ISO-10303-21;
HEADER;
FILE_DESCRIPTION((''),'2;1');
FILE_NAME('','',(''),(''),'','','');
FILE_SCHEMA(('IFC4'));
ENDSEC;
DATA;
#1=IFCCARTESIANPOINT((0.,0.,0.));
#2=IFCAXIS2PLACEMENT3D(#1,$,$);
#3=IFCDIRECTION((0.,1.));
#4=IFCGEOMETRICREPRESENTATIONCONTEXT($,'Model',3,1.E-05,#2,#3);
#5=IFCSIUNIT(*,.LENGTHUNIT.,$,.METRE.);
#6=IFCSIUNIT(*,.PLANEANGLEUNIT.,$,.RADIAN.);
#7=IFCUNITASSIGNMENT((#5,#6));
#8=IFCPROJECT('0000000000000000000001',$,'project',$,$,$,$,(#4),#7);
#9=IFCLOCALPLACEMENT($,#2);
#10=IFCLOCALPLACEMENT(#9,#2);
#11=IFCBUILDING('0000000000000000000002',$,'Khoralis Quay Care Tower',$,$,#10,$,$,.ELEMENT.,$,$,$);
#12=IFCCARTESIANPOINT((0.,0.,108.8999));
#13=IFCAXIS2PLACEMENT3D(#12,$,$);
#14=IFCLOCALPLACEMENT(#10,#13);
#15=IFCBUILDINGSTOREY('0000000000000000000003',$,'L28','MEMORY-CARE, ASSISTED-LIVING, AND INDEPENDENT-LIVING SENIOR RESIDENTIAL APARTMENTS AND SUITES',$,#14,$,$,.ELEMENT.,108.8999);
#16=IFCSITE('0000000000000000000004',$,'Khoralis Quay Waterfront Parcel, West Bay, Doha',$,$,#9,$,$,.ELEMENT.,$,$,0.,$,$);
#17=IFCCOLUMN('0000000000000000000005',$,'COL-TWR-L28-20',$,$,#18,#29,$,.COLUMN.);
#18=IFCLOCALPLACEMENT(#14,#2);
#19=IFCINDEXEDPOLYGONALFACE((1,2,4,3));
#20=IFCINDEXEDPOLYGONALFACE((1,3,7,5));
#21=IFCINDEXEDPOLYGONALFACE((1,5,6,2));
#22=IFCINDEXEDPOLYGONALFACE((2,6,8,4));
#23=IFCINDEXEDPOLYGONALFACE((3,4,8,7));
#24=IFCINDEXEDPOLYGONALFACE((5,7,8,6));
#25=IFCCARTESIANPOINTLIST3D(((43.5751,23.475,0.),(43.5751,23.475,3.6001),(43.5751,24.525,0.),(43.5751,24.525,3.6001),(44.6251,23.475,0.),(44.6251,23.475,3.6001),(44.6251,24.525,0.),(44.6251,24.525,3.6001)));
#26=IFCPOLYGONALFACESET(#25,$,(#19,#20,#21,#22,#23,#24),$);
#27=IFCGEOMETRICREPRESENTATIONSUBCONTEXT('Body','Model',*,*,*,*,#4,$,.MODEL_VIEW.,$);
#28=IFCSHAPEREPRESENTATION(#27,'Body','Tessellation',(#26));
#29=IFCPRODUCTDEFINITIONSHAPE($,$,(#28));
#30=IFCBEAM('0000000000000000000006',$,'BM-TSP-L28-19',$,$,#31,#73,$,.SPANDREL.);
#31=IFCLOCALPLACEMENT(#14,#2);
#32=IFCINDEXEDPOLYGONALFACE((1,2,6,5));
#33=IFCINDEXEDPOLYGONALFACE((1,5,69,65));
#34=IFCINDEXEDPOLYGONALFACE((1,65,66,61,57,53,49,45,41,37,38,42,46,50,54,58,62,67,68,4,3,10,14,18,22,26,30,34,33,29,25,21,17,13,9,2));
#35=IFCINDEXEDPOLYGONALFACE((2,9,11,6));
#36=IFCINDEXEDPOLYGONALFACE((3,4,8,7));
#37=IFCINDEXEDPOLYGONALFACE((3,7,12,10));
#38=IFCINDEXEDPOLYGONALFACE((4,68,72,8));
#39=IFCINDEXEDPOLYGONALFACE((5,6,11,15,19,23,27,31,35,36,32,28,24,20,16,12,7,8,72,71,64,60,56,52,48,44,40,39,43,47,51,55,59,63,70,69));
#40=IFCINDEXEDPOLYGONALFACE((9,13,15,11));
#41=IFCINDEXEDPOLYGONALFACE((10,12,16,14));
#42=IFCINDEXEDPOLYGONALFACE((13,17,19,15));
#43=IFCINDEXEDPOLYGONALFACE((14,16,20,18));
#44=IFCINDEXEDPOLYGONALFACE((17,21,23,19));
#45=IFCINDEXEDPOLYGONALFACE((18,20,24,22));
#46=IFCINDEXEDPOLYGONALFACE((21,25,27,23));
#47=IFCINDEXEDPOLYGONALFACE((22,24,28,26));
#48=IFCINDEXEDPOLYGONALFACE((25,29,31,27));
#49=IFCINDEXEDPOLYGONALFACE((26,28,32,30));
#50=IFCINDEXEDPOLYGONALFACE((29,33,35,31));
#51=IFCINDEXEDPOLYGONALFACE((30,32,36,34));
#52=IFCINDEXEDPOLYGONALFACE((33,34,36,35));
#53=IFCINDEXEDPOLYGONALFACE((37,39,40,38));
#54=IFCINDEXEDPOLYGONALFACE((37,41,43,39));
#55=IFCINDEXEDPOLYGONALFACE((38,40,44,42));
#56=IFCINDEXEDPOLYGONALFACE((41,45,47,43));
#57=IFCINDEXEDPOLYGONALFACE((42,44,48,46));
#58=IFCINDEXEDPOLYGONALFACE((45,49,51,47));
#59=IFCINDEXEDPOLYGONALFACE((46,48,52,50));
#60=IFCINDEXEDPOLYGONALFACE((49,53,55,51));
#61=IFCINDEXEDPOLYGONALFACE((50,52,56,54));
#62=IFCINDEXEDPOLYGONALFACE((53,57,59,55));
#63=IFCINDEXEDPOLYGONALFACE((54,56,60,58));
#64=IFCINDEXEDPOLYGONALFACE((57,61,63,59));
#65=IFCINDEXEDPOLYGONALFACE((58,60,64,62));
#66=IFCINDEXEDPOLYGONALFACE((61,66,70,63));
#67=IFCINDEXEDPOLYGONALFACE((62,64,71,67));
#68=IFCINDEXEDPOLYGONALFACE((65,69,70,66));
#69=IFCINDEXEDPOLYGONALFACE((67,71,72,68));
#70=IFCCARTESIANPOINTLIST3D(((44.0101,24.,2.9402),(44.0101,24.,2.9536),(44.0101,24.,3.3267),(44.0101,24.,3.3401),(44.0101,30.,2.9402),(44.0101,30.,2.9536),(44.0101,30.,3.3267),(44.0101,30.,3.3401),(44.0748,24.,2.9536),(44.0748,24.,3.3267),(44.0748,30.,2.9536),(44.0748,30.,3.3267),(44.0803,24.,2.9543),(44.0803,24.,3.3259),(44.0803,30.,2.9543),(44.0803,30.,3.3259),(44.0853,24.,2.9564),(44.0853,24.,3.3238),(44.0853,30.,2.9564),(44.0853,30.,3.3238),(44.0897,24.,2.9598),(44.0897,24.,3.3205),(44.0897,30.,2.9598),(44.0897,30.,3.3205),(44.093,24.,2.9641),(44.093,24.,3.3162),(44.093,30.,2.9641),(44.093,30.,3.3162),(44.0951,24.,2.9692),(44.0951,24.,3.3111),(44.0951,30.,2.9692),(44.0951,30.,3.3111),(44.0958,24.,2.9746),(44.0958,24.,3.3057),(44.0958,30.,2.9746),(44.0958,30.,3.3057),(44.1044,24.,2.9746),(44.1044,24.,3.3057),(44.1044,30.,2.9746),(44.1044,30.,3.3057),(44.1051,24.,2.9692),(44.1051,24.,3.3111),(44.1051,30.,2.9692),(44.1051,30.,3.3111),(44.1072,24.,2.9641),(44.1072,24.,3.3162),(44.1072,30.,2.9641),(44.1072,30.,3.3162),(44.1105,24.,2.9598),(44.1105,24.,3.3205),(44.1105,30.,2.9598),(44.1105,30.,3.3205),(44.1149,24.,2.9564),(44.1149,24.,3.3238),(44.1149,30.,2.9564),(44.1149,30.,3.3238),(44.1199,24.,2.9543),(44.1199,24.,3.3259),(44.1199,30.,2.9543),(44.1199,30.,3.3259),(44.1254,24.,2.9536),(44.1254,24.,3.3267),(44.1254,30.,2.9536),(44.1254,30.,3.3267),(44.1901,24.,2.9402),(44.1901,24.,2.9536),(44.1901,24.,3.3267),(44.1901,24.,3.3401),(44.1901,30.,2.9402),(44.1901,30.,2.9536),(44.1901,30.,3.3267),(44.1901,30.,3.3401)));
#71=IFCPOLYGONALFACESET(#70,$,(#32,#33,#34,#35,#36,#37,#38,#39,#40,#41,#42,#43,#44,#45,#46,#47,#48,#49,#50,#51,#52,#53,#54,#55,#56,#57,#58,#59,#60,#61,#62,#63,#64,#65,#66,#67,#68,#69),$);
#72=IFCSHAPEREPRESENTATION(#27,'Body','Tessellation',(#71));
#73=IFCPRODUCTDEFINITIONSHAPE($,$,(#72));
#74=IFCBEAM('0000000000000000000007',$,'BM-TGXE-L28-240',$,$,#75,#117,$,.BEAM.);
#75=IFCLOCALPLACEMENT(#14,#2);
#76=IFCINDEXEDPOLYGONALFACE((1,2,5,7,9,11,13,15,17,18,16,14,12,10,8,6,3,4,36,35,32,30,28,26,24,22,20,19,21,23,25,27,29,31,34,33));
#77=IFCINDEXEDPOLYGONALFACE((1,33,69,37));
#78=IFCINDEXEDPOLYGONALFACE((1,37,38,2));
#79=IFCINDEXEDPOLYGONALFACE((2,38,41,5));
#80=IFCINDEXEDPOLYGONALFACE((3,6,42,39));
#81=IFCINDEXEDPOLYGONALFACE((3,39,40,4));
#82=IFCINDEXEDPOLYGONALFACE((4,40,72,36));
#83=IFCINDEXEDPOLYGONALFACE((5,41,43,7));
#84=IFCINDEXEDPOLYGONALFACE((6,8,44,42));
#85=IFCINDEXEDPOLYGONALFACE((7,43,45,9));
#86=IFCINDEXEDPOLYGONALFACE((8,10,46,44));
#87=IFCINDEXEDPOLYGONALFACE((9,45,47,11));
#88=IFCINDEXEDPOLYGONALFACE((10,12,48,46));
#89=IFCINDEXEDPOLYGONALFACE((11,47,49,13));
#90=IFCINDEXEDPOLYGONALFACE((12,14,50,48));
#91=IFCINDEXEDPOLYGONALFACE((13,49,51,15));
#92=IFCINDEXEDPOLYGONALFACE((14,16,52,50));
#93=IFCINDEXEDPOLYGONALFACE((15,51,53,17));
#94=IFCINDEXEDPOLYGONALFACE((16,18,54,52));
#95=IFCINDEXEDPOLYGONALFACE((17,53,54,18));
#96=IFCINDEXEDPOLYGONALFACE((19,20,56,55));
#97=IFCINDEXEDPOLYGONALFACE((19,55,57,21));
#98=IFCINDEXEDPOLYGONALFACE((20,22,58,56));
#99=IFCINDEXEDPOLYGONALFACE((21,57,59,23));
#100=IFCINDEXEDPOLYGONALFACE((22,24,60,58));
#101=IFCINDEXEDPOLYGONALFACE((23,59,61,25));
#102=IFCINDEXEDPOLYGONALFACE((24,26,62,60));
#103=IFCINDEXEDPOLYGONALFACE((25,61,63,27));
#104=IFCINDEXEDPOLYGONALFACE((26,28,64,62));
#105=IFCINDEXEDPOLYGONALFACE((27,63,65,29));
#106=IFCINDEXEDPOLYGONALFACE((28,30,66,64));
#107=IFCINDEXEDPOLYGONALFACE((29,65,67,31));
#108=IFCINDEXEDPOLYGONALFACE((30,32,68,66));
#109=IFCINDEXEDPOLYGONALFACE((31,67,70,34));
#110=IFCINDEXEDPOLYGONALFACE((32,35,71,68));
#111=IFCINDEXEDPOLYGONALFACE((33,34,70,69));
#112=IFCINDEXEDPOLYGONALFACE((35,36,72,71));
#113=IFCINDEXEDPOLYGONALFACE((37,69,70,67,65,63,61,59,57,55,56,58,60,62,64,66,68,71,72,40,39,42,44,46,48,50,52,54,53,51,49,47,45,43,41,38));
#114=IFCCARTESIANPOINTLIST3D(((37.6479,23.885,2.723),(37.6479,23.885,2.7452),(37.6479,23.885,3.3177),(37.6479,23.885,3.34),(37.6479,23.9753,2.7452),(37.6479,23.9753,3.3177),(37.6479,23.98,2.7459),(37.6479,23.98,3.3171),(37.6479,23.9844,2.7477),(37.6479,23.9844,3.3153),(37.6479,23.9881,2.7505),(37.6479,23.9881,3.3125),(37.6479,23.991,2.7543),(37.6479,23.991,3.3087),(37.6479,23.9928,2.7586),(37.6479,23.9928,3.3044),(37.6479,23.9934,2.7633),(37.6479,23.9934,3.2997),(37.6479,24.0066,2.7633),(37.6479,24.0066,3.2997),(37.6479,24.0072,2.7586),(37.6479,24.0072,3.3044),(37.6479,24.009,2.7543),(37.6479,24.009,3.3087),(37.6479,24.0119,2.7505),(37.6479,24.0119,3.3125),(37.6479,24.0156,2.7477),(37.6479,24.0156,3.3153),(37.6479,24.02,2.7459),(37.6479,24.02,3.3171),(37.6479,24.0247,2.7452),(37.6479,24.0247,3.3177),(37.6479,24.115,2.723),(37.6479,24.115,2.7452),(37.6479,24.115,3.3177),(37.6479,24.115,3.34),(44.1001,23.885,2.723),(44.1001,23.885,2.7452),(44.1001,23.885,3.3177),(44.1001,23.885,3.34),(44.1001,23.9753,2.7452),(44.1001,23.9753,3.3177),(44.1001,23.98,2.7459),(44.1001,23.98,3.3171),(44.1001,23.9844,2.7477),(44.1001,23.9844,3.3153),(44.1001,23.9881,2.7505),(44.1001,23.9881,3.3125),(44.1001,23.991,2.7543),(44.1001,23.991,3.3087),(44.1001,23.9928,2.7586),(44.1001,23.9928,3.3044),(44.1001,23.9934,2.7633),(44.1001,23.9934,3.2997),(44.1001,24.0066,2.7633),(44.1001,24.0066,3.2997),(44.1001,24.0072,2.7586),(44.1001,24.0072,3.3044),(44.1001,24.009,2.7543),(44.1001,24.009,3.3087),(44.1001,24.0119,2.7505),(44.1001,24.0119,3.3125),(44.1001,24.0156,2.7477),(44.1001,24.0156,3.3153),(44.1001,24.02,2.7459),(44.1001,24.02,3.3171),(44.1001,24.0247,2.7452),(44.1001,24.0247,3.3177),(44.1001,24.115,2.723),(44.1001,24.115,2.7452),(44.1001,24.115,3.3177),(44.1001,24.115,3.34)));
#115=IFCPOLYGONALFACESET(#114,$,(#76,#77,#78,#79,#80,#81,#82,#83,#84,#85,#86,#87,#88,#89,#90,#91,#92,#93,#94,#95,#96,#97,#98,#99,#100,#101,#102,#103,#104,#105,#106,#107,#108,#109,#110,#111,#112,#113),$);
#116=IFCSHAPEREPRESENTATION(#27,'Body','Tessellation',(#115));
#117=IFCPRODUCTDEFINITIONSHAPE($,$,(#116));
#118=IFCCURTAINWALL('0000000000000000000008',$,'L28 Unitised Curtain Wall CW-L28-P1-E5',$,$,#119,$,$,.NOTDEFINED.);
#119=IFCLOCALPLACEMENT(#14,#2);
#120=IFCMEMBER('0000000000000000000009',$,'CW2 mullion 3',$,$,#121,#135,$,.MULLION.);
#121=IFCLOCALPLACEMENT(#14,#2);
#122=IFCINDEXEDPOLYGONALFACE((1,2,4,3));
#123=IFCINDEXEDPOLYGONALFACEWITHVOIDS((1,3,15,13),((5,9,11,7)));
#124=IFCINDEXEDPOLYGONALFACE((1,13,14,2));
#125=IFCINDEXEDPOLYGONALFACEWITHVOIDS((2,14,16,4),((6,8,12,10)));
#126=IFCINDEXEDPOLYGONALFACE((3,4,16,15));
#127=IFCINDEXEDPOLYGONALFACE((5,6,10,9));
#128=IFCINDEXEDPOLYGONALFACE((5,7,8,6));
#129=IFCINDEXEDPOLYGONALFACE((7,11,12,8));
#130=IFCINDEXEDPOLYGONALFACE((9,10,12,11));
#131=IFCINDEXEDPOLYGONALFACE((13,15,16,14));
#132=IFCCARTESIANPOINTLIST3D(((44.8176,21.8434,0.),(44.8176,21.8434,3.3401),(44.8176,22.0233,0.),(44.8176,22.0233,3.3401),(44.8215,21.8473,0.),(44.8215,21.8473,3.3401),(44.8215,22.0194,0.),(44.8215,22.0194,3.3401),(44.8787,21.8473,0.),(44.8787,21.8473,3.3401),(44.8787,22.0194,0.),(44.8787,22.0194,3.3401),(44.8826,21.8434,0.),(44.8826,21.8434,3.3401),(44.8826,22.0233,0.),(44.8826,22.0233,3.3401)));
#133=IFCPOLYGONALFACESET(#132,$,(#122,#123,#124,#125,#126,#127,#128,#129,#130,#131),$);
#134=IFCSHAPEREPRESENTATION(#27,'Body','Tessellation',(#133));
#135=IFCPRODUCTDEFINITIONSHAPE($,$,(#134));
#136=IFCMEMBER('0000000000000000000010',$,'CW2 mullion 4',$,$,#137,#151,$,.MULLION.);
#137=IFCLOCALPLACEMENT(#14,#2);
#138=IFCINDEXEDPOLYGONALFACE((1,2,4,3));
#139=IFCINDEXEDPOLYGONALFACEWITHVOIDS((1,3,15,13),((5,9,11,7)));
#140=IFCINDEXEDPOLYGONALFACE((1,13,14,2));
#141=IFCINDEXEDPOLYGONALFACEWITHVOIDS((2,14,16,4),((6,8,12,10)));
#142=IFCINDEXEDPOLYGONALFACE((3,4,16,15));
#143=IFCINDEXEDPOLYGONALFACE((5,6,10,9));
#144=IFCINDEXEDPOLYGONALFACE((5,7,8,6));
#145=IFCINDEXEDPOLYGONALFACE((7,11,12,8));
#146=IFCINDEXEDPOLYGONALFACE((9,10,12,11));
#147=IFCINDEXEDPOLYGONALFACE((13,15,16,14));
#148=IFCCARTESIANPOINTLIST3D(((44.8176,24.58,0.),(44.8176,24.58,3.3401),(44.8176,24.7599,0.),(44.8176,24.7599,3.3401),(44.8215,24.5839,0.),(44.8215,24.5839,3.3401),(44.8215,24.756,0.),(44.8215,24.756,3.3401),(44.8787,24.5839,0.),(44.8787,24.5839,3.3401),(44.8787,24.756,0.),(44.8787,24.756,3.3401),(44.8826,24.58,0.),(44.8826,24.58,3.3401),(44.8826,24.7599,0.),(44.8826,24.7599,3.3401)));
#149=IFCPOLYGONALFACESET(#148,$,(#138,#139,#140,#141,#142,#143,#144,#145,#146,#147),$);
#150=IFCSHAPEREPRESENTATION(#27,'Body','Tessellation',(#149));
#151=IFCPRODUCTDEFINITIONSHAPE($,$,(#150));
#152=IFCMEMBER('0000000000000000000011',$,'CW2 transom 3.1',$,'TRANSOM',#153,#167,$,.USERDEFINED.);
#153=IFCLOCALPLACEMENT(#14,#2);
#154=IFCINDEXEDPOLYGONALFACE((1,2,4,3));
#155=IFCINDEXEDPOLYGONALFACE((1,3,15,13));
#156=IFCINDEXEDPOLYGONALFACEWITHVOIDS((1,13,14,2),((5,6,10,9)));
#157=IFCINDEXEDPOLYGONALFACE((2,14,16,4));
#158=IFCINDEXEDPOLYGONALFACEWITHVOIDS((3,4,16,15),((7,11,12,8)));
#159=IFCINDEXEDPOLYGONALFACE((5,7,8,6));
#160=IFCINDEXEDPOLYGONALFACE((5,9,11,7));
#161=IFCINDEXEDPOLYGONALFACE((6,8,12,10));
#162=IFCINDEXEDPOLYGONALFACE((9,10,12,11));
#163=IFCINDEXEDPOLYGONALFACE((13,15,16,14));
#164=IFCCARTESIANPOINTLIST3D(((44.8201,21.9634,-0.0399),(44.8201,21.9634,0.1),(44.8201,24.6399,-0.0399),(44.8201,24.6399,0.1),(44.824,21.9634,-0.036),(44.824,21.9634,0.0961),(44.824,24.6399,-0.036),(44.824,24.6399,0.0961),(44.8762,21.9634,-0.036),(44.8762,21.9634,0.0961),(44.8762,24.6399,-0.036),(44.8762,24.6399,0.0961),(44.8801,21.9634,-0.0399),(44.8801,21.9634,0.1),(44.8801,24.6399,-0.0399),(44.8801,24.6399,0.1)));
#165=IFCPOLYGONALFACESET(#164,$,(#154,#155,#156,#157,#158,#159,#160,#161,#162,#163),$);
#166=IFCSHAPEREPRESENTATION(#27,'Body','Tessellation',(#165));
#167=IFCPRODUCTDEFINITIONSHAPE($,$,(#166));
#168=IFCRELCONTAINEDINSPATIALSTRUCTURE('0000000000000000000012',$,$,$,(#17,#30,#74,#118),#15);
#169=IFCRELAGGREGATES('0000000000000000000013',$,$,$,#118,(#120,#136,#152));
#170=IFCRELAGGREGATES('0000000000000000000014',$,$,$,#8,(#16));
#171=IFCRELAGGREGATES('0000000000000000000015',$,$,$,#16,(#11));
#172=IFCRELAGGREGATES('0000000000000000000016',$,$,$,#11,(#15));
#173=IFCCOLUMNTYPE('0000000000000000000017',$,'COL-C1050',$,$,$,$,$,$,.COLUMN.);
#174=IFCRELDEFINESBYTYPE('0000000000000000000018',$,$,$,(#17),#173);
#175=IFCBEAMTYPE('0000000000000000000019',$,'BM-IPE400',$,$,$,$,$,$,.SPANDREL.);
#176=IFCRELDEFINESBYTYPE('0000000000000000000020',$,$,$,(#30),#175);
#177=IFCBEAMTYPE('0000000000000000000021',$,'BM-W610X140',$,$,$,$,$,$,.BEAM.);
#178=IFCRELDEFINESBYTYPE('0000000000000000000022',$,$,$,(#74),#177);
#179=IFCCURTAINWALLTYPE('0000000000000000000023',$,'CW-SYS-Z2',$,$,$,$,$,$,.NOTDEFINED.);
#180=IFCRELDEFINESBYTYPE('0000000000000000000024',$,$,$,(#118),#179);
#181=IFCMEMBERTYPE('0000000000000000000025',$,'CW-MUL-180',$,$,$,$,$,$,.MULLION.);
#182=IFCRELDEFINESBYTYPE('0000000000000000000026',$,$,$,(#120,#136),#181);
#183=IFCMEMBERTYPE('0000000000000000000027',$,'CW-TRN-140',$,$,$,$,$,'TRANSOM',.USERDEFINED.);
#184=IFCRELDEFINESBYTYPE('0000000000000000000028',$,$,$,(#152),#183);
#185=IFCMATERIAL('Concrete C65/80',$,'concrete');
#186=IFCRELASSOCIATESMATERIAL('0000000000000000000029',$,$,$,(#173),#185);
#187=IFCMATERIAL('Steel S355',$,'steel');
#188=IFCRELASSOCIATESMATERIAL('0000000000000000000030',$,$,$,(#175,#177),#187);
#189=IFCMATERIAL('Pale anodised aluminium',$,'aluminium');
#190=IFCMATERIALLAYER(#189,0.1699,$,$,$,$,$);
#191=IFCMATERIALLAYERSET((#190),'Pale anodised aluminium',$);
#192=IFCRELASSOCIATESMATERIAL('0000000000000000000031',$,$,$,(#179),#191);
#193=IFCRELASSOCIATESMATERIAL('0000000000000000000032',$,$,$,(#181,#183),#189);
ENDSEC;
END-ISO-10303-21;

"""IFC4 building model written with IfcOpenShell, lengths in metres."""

from ifc_helpers import new_model, si_unit, direction, frame, origin, origin_2d, place, context, subcontext, project, spatial, rectangle, hollow_rectangle, i_section, extrude, source, transform, mapped, material, layer, layer_set, material_profile, profile_set, type_object, element, aggregate, save


model = new_model("IFC4")

# Units and contexts
model_context = context("Model", 3, precision=1e-05, world=origin(), true_north=direction((0.0, 1.0)))
body_context = subcontext(model_context, "Body", "Model", "MODEL_VIEW")
ifc_project = project(units=[si_unit("LENGTHUNIT", "METRE"), si_unit("PLANEANGLEUNIT", "RADIAN")], contexts=[model_context])

# Site, building, storey
site_placement = place(None, origin())
site = spatial("IfcSite", under=ifc_project, at=site_placement, Name="Khoralis Quay Waterfront Parcel, West Bay, Doha", CompositionType="ELEMENT", RefElevation=0.0)
building_placement = place(site_placement, origin())
building = spatial("IfcBuilding", under=site, at=building_placement, Name="Khoralis Quay Care Tower", CompositionType="ELEMENT")
storey_placement = place(building_placement, frame((0.0, 0.0, 108.8999)))
storey = spatial("IfcBuildingStorey", under=building, at=storey_placement, Name="L28", Description="MEMORY-CARE, ASSISTED-LIVING, AND INDEPENDENT-LIVING SENIOR RESIDENTIAL APARTMENTS AND SUITES", CompositionType="ELEMENT", Elevation=108.8999)

# Column
ifc_material_1 = material(Name="Concrete C65/80", Category="concrete")
ifc_material_profile_1 = material_profile(ifc_material_1, rectangle(XDim=1.05, YDim=1.05, at=origin_2d()), Name="Concrete C65/80")
ifc_profile_set_1 = profile_set([ifc_material_profile_1], Name="Concrete C65/80")
column_type = type_object("IfcColumnType", Name="COL-C1050", PredefinedType="COLUMN", material=ifc_profile_set_1)
shared_shape_1 = source(origin(), body_context, "Body", "SweptSolid", [
    extrude(rectangle(XDim=1.05, YDim=1.05, at=origin_2d()), origin(), (0.0, 0.0, 1.0), 3.6001),
])
column_placement = place(storey_placement, frame((44.1001, 24.0, 0.0), z_axis=(0.0, 0.0, 1.0), x_axis=(1.0, 0.0, 0.0)))
element("IfcColumn", 1, at=column_placement, inside=storey, type_object=column_type, Name="COL-TWR-L28-20", PredefinedType="COLUMN", context=body_context, shape_type="MappedRepresentation", body=[
    mapped(shared_shape_1, transform((0.0, 0.0, 0.0), scale=1.0)),
])

# Beams
ifc_material_2 = material(Name="Steel S355", Category="steel")
ifc_material_profile_2 = material_profile(ifc_material_2, i_section(OverallWidth=0.1799, OverallDepth=0.3999, WebThickness=0.0085, FlangeThickness=0.0134, FilletRadius=0.021, at=origin_2d()), Name="Steel S355")
ifc_profile_set_2 = profile_set([ifc_material_profile_2], Name="Steel S355")
beam_type_1 = type_object("IfcBeamType", Name="BM-IPE400", PredefinedType="SPANDREL", material=ifc_profile_set_2)
shared_shape_2 = source(origin(), body_context, "Body", "SweptSolid", [
    extrude(i_section(OverallWidth=0.1799, OverallDepth=0.3999, WebThickness=0.0085, FlangeThickness=0.0134, FilletRadius=0.021, at=origin_2d()), origin(), (0.0, 0.0, 1.0), 6.0),
])
beam_1_placement = place(storey_placement, frame((44.1001, 24.0, 3.1401), z_axis=(0.0, 1.0, 0.0), x_axis=(-1.0, 0.0, 0.0)))
element("IfcBeam", 2, at=beam_1_placement, inside=storey, type_object=beam_type_1, Name="BM-TSP-L28-19", PredefinedType="SPANDREL", context=body_context, shape_type="MappedRepresentation", body=[
    mapped(shared_shape_2, transform((0.0, 0.0, 0.0), scale=1.0)),
])
ifc_material_profile_3 = material_profile(ifc_material_2, i_section(OverallWidth=0.23, OverallDepth=0.6169, WebThickness=0.0132, FlangeThickness=0.0222, FilletRadius=0.0181, at=origin_2d()), Name="Steel S355")
ifc_profile_set_3 = profile_set([ifc_material_profile_3], Name="Steel S355")
beam_type_2 = type_object("IfcBeamType", Name="BM-W610X140", PredefinedType="BEAM", material=ifc_profile_set_3)
shared_shape_3 = source(origin(), body_context, "Body", "SweptSolid", [
    extrude(i_section(OverallWidth=0.23, OverallDepth=0.6169, WebThickness=0.0132, FlangeThickness=0.0222, FilletRadius=0.0181, at=origin_2d()), origin(), (0.0, 0.0, 1.0), 6.4521),
])
beam_2_placement = place(storey_placement, frame((37.6479, 24.0, 3.0315), z_axis=(1.0, 0.0, 0.0), x_axis=(0.0, 1.0, 0.0)))
element("IfcBeam", 3, at=beam_2_placement, inside=storey, type_object=beam_type_2, Name="BM-TGXE-L28-240", PredefinedType="BEAM", context=body_context, shape_type="MappedRepresentation", body=[
    mapped(shared_shape_3, transform((0.0, 0.0, 0.0), scale=1.0)),
])

# Curtain wall, members
ifc_material_3 = material(Name="Pale anodised aluminium", Category="aluminium")
ifc_layer_1 = layer(ifc_material_3, 0.1699)
ifc_layer_set_1 = layer_set([ifc_layer_1], Name="Pale anodised aluminium")
curtain_wall_type = type_object("IfcCurtainWallType", Name="CW-SYS-Z2", PredefinedType="NOTDEFINED", material=ifc_layer_set_1)
curtain_wall_placement = place(storey_placement, origin())
curtain_wall = element("IfcCurtainWall", 4, at=curtain_wall_placement, inside=storey, type_object=curtain_wall_type, Name="L28 Unitised Curtain Wall CW-L28-P1-E5", PredefinedType="NOTDEFINED")
ifc_material_profile_4 = material_profile(ifc_material_3, hollow_rectangle(XDim=0.0649, YDim=0.1799, WallThickness=0.0039, at=origin_2d()), Name="Pale anodised aluminium")
ifc_profile_set_4 = profile_set([ifc_material_profile_4], Name="Pale anodised aluminium")
member_type_1 = type_object("IfcMemberType", Name="CW-MUL-180", PredefinedType="MULLION", material=ifc_profile_set_4)
shared_shape_4 = source(origin(), body_context, "Body", "SweptSolid", [
    extrude(hollow_rectangle(XDim=0.0649, YDim=0.1799, WallThickness=0.0039, at=origin_2d()), origin(), (0.0, 0.0, 1.0), 3.3401),
])
member_1_placement = place(storey_placement, frame((44.8501, 21.9333, 0.0), z_axis=(0.0, 0.0, 1.0), x_axis=(-1.0, 0.0, 0.0)))
member_1 = element("IfcMember", 5, at=member_1_placement, type_object=member_type_1, Name="CW2 mullion 3", PredefinedType="MULLION", context=body_context, shape_type="MappedRepresentation", body=[
    mapped(shared_shape_4, transform((0.0, 0.0, 0.0), scale=1.0)),
])
member_2_placement = place(storey_placement, frame((44.8501, 24.6699, 0.0), z_axis=(0.0, 0.0, 1.0), x_axis=(-1.0, 0.0, 0.0)))
member_2 = element("IfcMember", 6, at=member_2_placement, type_object=member_type_1, Name="CW2 mullion 4", PredefinedType="MULLION", context=body_context, shape_type="MappedRepresentation", body=[
    mapped(shared_shape_4, transform((0.0, 0.0, 0.0), scale=1.0)),
])
ifc_material_profile_5 = material_profile(ifc_material_3, hollow_rectangle(XDim=0.0601, YDim=0.1399, WallThickness=0.0039, at=origin_2d()), Name="Pale anodised aluminium")
ifc_profile_set_5 = profile_set([ifc_material_profile_5], Name="Pale anodised aluminium")
member_type_2 = type_object("IfcMemberType", Name="CW-TRN-140", ElementType="TRANSOM", PredefinedType="USERDEFINED", material=ifc_profile_set_5)
shared_shape_5 = source(origin(), body_context, "Body", "SweptSolid", [
    extrude(hollow_rectangle(XDim=0.0601, YDim=0.1399, WallThickness=0.0039, at=origin_2d()), origin(), (0.0, 0.0, 1.0), 2.6765),
])
member_3_placement = place(storey_placement, frame((44.8501, 21.9634, 0.03), z_axis=(0.0, 1.0, 0.0), x_axis=(-1.0, 0.0, 0.0)))
member_3 = element("IfcMember", 7, at=member_3_placement, type_object=member_type_2, Name="CW2 transom 3.1", ObjectType="TRANSOM", PredefinedType="USERDEFINED", context=body_context, shape_type="MappedRepresentation", body=[
    mapped(shared_shape_5, transform((0.0, 0.0, 0.0), scale=1.0)),
])
aggregate(curtain_wall, [member_1, member_2, member_3])

save(model, "model.ifc")
